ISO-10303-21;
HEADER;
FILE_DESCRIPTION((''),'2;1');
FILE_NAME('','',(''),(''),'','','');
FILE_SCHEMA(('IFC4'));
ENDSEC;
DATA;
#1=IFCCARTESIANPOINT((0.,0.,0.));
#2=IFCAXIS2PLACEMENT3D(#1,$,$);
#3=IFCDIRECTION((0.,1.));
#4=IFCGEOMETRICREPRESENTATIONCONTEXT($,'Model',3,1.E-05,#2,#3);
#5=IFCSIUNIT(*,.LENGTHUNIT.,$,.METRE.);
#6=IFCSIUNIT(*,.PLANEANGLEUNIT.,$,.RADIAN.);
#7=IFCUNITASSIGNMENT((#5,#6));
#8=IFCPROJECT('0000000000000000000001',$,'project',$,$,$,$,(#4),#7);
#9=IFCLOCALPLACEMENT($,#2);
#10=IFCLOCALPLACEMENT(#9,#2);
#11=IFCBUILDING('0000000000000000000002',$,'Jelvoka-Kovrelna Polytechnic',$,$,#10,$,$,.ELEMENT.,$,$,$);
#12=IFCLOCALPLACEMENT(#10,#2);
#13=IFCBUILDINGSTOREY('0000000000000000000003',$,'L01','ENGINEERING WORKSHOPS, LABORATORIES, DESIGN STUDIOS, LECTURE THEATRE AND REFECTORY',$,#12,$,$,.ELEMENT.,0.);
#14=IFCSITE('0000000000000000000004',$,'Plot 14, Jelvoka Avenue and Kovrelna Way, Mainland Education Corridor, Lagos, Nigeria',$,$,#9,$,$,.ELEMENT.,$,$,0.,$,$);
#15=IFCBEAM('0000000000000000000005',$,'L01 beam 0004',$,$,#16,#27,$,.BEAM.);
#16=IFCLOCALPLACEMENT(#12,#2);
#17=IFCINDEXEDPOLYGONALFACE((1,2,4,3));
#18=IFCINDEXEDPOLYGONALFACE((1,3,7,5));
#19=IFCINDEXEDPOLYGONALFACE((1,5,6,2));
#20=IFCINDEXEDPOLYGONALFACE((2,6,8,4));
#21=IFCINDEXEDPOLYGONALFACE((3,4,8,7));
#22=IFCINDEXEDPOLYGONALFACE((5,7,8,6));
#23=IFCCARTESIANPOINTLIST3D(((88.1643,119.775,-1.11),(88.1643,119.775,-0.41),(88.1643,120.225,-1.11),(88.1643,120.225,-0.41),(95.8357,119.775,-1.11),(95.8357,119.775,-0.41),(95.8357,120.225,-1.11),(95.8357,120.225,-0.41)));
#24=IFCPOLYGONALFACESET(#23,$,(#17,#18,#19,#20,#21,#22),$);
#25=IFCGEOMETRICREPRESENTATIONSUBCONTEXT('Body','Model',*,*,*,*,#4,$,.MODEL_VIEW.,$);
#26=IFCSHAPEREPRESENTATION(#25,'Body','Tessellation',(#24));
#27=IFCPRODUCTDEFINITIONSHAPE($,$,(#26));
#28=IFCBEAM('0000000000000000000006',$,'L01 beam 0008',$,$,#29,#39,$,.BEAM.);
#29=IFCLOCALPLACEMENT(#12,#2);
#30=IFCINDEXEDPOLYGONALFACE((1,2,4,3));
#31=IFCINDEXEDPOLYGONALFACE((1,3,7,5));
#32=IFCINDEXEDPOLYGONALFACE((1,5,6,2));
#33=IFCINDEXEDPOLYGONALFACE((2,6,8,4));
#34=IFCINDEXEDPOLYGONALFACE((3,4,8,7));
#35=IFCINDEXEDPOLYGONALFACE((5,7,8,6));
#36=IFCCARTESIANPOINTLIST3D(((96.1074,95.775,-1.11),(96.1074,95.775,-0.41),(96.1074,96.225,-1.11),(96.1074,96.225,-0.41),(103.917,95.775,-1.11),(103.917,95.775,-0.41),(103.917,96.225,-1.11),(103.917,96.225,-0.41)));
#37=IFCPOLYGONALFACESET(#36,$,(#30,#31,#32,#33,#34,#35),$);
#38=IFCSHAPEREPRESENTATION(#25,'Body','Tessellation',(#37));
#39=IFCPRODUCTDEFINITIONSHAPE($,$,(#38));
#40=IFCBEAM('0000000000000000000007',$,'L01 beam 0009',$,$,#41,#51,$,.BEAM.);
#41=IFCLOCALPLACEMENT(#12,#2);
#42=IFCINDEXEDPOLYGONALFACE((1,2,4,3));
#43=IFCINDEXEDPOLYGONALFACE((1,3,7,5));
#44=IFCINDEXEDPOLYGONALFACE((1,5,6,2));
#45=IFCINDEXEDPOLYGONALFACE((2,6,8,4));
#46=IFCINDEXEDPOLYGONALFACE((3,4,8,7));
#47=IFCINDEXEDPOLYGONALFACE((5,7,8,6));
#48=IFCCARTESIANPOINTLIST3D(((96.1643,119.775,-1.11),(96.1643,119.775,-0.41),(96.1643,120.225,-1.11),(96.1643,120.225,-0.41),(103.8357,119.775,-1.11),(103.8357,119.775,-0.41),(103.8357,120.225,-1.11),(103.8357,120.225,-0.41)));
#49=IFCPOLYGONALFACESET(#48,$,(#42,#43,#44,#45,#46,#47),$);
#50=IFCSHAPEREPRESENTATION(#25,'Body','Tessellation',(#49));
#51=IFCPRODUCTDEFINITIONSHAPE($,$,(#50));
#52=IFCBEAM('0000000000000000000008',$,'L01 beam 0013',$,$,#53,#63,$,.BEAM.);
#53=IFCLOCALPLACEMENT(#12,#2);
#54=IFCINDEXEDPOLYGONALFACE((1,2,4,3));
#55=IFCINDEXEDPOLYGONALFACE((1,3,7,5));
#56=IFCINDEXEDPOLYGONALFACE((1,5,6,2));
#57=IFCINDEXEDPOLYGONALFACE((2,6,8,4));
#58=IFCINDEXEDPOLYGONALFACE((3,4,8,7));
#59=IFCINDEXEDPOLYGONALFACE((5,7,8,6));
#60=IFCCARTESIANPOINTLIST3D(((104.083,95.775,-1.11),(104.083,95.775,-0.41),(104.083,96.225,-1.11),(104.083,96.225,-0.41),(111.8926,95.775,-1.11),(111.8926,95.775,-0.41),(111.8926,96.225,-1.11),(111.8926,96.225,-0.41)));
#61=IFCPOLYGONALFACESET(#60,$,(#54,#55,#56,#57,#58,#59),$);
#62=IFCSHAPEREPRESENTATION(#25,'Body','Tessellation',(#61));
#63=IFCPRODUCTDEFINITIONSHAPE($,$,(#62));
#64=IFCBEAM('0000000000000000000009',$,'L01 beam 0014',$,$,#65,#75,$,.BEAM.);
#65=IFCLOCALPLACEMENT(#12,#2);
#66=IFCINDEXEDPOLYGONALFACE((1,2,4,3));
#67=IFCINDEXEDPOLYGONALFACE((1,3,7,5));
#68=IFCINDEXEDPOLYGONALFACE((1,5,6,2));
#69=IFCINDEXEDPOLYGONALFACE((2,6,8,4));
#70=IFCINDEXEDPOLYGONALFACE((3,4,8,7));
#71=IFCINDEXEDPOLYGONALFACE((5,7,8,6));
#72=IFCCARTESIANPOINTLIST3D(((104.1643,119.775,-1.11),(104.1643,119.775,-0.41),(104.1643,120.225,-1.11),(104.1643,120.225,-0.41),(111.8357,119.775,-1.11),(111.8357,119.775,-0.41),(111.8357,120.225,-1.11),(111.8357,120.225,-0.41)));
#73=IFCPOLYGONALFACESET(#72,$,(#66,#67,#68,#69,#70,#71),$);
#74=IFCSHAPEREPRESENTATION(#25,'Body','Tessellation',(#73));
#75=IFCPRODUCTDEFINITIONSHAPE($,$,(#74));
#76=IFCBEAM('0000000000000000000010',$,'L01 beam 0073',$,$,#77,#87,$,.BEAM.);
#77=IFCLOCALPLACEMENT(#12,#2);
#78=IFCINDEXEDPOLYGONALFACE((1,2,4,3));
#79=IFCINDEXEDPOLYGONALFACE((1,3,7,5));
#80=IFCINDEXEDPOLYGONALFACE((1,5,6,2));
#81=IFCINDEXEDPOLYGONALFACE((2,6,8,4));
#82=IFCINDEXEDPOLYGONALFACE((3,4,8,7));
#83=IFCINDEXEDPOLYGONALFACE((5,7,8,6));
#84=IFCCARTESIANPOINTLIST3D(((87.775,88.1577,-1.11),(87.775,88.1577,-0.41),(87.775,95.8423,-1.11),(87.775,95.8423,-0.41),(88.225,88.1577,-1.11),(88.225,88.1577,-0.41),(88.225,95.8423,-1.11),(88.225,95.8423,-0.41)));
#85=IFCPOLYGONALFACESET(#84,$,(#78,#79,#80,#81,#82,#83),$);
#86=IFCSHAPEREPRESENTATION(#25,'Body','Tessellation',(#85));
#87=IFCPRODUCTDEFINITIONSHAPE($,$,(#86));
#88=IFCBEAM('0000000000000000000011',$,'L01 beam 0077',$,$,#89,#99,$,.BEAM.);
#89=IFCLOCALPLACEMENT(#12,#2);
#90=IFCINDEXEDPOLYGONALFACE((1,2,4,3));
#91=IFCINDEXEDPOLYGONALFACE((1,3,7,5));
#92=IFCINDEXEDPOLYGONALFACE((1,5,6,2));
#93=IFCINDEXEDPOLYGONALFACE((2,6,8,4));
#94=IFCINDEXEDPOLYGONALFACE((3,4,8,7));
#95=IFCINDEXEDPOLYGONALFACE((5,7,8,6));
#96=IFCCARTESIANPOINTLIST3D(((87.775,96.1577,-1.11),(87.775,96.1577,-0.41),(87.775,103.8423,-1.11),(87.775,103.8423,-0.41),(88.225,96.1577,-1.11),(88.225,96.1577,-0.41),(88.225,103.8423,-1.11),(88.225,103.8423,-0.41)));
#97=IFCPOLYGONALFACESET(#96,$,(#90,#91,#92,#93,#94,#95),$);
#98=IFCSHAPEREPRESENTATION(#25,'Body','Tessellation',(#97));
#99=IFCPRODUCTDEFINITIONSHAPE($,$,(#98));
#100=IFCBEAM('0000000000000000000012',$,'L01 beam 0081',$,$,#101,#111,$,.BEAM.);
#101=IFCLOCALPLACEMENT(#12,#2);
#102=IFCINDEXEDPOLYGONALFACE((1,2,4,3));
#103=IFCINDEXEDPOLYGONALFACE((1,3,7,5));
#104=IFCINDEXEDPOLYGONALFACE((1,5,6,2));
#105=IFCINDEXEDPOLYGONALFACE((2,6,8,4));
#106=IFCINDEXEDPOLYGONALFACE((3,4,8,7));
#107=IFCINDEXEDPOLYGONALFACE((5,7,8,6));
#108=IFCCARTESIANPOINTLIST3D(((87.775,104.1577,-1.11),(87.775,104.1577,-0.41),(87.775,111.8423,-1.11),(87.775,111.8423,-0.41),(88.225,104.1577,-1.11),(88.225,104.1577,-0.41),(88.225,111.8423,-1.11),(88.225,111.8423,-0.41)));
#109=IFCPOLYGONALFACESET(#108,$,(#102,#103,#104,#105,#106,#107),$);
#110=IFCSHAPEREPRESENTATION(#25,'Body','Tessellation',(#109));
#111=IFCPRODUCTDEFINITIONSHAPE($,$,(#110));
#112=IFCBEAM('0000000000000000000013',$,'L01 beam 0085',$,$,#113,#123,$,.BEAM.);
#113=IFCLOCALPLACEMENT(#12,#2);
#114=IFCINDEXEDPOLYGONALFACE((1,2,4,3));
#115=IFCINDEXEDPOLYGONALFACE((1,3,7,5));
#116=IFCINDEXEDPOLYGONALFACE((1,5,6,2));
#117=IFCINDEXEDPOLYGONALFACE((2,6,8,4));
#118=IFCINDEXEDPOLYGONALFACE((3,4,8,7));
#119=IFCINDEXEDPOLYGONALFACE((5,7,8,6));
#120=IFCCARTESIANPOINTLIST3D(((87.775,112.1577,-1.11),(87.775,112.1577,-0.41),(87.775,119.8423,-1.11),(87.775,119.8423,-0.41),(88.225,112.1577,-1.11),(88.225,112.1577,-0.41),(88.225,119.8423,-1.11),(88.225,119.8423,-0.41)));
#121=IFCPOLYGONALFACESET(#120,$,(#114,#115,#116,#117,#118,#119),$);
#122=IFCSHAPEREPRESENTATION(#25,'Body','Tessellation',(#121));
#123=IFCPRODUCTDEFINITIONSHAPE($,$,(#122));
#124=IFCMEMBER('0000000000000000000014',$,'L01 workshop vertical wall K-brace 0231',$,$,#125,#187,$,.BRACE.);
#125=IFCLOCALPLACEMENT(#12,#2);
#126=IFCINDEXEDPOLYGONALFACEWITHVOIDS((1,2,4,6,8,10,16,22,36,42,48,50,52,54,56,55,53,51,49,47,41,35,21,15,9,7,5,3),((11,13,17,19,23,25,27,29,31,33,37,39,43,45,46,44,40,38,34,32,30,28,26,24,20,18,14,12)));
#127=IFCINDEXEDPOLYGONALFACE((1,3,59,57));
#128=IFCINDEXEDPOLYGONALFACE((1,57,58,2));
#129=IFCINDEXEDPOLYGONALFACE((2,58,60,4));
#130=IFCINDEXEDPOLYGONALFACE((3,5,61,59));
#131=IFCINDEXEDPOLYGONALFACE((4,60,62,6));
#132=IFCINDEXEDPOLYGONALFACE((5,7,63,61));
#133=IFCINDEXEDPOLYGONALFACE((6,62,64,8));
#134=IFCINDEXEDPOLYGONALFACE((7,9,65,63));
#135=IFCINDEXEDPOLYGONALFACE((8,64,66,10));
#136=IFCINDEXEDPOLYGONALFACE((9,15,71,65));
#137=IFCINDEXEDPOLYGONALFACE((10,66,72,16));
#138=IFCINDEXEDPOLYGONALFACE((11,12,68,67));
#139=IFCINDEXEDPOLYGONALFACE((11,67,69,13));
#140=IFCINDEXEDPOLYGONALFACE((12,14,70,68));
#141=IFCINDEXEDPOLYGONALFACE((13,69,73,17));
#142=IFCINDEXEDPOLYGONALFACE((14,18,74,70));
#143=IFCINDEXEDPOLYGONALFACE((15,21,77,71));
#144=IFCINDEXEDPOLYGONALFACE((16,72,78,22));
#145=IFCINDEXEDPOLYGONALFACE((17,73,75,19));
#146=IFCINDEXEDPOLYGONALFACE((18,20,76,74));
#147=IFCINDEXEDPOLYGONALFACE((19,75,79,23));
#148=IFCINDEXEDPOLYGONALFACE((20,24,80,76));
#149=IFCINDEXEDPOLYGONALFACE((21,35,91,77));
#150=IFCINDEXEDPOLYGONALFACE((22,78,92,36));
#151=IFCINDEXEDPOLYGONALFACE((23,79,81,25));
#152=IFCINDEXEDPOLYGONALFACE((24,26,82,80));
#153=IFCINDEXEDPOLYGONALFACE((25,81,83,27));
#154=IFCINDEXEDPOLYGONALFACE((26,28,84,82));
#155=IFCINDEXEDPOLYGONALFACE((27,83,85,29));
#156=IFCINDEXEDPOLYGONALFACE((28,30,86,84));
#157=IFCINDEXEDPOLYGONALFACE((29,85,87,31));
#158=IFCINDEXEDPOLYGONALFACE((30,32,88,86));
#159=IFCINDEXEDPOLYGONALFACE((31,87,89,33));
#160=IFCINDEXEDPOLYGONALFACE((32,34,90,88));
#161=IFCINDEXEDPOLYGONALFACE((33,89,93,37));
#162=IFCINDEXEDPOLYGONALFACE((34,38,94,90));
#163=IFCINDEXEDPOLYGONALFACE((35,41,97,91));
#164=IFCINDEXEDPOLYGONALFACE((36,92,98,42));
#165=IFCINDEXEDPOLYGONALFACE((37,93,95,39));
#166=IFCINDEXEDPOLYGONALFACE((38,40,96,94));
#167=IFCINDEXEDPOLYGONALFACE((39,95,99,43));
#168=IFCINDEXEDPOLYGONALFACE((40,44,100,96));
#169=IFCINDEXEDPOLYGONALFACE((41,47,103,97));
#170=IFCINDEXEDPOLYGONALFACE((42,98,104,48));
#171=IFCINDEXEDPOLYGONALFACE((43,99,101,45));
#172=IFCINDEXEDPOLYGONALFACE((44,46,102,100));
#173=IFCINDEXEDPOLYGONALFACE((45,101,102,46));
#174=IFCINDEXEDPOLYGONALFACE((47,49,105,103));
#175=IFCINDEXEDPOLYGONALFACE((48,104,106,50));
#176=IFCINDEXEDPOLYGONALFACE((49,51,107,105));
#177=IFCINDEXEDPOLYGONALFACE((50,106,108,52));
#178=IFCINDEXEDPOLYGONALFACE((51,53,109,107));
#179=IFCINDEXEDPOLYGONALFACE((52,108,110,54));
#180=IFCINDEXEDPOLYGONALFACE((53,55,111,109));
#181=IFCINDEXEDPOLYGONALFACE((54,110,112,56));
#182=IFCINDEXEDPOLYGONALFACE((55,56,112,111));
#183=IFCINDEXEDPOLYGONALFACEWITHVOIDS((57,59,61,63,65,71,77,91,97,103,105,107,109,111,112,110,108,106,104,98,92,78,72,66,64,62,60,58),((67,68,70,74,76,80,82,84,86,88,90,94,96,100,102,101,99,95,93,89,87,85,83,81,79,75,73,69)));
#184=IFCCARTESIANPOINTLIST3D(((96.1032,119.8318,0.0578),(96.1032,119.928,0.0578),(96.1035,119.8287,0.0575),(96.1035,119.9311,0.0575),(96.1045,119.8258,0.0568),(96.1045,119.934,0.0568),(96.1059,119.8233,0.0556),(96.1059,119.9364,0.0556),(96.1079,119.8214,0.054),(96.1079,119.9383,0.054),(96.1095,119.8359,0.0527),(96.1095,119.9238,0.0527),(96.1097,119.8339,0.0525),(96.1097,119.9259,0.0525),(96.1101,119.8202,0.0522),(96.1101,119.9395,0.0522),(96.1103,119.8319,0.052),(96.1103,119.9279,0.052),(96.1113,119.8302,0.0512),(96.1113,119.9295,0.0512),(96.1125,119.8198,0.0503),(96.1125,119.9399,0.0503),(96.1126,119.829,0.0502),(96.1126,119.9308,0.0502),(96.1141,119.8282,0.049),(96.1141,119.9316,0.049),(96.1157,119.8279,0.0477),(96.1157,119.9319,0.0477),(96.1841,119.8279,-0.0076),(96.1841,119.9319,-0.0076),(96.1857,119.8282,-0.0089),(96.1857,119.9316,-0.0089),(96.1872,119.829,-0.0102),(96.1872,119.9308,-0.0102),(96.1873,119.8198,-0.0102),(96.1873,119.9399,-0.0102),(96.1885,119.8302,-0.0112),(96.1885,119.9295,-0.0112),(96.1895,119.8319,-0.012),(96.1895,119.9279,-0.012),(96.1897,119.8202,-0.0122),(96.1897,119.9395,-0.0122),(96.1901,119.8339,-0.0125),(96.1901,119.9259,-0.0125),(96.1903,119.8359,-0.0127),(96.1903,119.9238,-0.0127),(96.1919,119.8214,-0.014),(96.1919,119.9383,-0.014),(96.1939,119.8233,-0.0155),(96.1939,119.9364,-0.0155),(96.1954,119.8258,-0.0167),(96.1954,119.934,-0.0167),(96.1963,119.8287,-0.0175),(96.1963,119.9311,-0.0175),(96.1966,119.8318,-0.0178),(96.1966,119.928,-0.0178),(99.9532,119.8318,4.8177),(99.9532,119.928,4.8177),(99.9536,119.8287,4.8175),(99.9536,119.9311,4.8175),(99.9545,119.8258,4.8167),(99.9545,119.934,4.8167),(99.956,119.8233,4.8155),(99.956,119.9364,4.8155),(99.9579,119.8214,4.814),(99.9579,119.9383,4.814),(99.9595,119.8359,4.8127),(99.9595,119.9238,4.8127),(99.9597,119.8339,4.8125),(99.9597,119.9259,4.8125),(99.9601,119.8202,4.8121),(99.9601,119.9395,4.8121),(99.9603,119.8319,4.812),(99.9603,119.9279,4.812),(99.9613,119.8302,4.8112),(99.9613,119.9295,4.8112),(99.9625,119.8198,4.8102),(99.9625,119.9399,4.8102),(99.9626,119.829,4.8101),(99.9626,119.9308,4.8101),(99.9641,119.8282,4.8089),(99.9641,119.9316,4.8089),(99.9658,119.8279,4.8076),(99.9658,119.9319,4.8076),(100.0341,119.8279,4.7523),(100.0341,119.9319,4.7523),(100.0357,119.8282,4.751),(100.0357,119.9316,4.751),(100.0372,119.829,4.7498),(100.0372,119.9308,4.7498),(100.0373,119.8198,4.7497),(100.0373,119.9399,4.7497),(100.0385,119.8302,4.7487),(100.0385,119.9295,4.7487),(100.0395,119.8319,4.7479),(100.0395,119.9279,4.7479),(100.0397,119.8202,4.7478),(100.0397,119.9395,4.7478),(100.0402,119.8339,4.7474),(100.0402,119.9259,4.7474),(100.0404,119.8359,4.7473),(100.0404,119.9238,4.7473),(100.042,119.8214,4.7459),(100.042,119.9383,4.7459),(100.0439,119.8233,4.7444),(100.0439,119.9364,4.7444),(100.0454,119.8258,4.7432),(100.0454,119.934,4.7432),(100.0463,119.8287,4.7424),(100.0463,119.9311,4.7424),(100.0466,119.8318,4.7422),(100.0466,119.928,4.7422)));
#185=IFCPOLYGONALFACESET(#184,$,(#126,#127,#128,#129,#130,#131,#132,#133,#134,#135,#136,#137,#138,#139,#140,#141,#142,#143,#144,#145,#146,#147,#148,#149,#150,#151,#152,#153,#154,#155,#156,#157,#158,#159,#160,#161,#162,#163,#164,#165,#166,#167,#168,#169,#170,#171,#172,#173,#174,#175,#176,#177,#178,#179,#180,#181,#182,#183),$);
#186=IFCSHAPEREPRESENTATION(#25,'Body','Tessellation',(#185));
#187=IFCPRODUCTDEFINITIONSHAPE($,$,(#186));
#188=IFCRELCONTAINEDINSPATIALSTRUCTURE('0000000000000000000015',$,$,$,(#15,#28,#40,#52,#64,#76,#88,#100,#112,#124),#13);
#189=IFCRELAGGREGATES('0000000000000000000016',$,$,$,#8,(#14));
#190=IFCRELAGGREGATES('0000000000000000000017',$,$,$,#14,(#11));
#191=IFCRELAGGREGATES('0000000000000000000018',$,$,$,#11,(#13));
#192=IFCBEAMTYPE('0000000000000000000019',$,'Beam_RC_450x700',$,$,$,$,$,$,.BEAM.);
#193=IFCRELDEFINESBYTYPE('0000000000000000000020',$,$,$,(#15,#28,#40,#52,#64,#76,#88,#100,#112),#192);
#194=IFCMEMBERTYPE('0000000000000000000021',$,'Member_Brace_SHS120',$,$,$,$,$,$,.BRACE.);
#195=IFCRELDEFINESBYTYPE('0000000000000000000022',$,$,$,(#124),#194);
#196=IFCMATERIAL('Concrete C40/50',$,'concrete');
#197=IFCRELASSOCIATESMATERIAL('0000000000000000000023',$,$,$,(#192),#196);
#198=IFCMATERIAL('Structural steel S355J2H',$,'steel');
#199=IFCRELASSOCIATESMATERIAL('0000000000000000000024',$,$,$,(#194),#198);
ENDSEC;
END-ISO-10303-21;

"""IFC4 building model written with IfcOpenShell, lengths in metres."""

from ifc_helpers import new_model, si_unit, direction, frame, origin, origin_2d, place, context, subcontext, project, spatial, rectangle, hollow_rectangle, extrude, material, material_profile, profile_set, type_object, element, save


model = new_model("IFC4")

# Units and contexts
model_context = context("Model", 3, precision=1e-05, world=origin(), true_north=direction((0.0, 1.0)))
body_context = subcontext(model_context, "Body", "Model", "MODEL_VIEW")
ifc_project = project(units=[si_unit("LENGTHUNIT", "METRE"), si_unit("PLANEANGLEUNIT", "RADIAN")], contexts=[model_context])

# Site, building, storey
site_placement = place(None, origin())
site = spatial("IfcSite", under=ifc_project, at=site_placement, Name="Plot 14, Jelvoka Avenue and Kovrelna Way, Mainland Education Corridor, Lagos, Nigeria", CompositionType="ELEMENT", RefElevation=0.0)
building_placement = place(site_placement, origin())
building = spatial("IfcBuilding", under=site, at=building_placement, Name="Jelvoka-Kovrelna Polytechnic", CompositionType="ELEMENT")
storey_placement = place(building_placement, origin())
storey = spatial("IfcBuildingStorey", under=building, at=storey_placement, Name="L01", Description="ENGINEERING WORKSHOPS, LABORATORIES, DESIGN STUDIOS, LECTURE THEATRE AND REFECTORY", CompositionType="ELEMENT", Elevation=0.0)

# Beams
ifc_material_1 = material(Name="Concrete C40/50", Category="concrete")
ifc_material_profile_1 = material_profile(ifc_material_1, rectangle(XDim=0.45, YDim=0.7, at=origin_2d()), Name="RC 450x700")
ifc_profile_set_1 = profile_set([ifc_material_profile_1], Name="Concrete C40/50")
beam_type = type_object("IfcBeamType", Name="Beam_RC_450x700", PredefinedType="BEAM", material=ifc_profile_set_1)
beam_1_placement = place(storey_placement, frame((88.1643, 120.0, -0.76), z_axis=(1.0, 0.0, 0.0), x_axis=(0.0, 1.0, 0.0)))
element("IfcBeam", 1, at=beam_1_placement, inside=storey, type_object=beam_type, Name="L01 beam 0004", PredefinedType="BEAM", context=body_context, shape_type="SweptSolid", body=[
    extrude(rectangle(XDim=0.45, YDim=0.7, at=origin_2d()), origin(), (0.0, 0.0, 1.0), 7.6714),
])
beam_2_placement = place(storey_placement, frame((96.1074, 96.0, -0.76), z_axis=(1.0, 0.0, 0.0), x_axis=(0.0, 1.0, 0.0)))
element("IfcBeam", 2, at=beam_2_placement, inside=storey, type_object=beam_type, Name="L01 beam 0008", PredefinedType="BEAM", context=body_context, shape_type="SweptSolid", body=[
    extrude(rectangle(XDim=0.45, YDim=0.7, at=origin_2d()), origin(), (0.0, 0.0, 1.0), 7.8096),
])
beam_3_placement = place(storey_placement, frame((96.1643, 120.0, -0.76), z_axis=(1.0, 0.0, 0.0), x_axis=(0.0, 1.0, 0.0)))
element("IfcBeam", 3, at=beam_3_placement, inside=storey, type_object=beam_type, Name="L01 beam 0009", PredefinedType="BEAM", context=body_context, shape_type="SweptSolid", body=[
    extrude(rectangle(XDim=0.45, YDim=0.7, at=origin_2d()), origin(), (0.0, 0.0, 1.0), 7.6714),
])
beam_4_placement = place(storey_placement, frame((104.083, 96.0, -0.76), z_axis=(1.0, 0.0, 0.0), x_axis=(0.0, 1.0, 0.0)))
element("IfcBeam", 4, at=beam_4_placement, inside=storey, type_object=beam_type, Name="L01 beam 0013", PredefinedType="BEAM", context=body_context, shape_type="SweptSolid", body=[
    extrude(rectangle(XDim=0.45, YDim=0.7, at=origin_2d()), origin(), (0.0, 0.0, 1.0), 7.8096),
])
beam_5_placement = place(storey_placement, frame((104.1643, 120.0, -0.76), z_axis=(1.0, 0.0, 0.0), x_axis=(0.0, 1.0, 0.0)))
element("IfcBeam", 5, at=beam_5_placement, inside=storey, type_object=beam_type, Name="L01 beam 0014", PredefinedType="BEAM", context=body_context, shape_type="SweptSolid", body=[
    extrude(rectangle(XDim=0.45, YDim=0.7, at=origin_2d()), origin(), (0.0, 0.0, 1.0), 7.6714),
])
for number, where, z_axis, x_axis, name in (
    (6, (88.0, 88.1577, -0.76), (0.0, 1.0, 0.0), (-1.0, 0.0, 0.0), "L01 beam 0073"),
    (7, (88.0, 96.1577, -0.76), (0.0, 1.0, 0.0), (-1.0, 0.0, 0.0), "L01 beam 0077"),
    (8, (88.0, 104.1577, -0.76), (0.0, 1.0, 0.0), (-1.0, 0.0, 0.0), "L01 beam 0081"),
    (9, (88.0, 112.1577, -0.76), (0.0, 1.0, 0.0), (-1.0, 0.0, 0.0), "L01 beam 0085"),
):
    element("IfcBeam", number, at=place(storey_placement, frame(where, z_axis=z_axis, x_axis=x_axis)), inside=storey, type_object=beam_type, Name=name, PredefinedType="BEAM", context=body_context, shape_type="SweptSolid", body=[
        extrude(rectangle(XDim=0.45, YDim=0.7, at=origin_2d()), origin(), (0.0, 0.0, 1.0), 7.6846),
    ])

# Member
ifc_material_2 = material(Name="Structural steel S355J2H", Category="steel")
ifc_material_profile_2 = material_profile(ifc_material_2, hollow_rectangle(XDim=0.1201, YDim=0.1201, WallThickness=0.0081, InnerFilletRadius=0.0081, OuterFilletRadius=0.012, at=origin_2d()), Name="120x120x8.0 SHS")
ifc_profile_set_2 = profile_set([ifc_material_profile_2], Name="Structural steel S355J2H")
member_type = type_object("IfcMemberType", Name="Member_Brace_SHS120", PredefinedType="BRACE", material=ifc_profile_set_2)
for number, where, z_axis, x_axis, name in (
    (10, (96.1499, 119.8799, 0.02), (0.628878, 0.0, 0.777504), (0.0, 1.0, 0.0), "L01 workshop vertical wall K-brace 0231"),
):
    element("IfcMember", number, at=place(storey_placement, frame(where, z_axis=z_axis, x_axis=x_axis)), inside=storey, type_object=member_type, Name=name, PredefinedType="BRACE", context=body_context, shape_type="SweptSolid", body=[
        extrude(hollow_rectangle(XDim=0.1201, YDim=0.1201, WallThickness=0.0081, InnerFilletRadius=0.0081, OuterFilletRadius=0.012, at=origin_2d()), origin(), (0.0, 0.0, 1.0), 6.1221),
    ])

save(model, "model.ifc")
